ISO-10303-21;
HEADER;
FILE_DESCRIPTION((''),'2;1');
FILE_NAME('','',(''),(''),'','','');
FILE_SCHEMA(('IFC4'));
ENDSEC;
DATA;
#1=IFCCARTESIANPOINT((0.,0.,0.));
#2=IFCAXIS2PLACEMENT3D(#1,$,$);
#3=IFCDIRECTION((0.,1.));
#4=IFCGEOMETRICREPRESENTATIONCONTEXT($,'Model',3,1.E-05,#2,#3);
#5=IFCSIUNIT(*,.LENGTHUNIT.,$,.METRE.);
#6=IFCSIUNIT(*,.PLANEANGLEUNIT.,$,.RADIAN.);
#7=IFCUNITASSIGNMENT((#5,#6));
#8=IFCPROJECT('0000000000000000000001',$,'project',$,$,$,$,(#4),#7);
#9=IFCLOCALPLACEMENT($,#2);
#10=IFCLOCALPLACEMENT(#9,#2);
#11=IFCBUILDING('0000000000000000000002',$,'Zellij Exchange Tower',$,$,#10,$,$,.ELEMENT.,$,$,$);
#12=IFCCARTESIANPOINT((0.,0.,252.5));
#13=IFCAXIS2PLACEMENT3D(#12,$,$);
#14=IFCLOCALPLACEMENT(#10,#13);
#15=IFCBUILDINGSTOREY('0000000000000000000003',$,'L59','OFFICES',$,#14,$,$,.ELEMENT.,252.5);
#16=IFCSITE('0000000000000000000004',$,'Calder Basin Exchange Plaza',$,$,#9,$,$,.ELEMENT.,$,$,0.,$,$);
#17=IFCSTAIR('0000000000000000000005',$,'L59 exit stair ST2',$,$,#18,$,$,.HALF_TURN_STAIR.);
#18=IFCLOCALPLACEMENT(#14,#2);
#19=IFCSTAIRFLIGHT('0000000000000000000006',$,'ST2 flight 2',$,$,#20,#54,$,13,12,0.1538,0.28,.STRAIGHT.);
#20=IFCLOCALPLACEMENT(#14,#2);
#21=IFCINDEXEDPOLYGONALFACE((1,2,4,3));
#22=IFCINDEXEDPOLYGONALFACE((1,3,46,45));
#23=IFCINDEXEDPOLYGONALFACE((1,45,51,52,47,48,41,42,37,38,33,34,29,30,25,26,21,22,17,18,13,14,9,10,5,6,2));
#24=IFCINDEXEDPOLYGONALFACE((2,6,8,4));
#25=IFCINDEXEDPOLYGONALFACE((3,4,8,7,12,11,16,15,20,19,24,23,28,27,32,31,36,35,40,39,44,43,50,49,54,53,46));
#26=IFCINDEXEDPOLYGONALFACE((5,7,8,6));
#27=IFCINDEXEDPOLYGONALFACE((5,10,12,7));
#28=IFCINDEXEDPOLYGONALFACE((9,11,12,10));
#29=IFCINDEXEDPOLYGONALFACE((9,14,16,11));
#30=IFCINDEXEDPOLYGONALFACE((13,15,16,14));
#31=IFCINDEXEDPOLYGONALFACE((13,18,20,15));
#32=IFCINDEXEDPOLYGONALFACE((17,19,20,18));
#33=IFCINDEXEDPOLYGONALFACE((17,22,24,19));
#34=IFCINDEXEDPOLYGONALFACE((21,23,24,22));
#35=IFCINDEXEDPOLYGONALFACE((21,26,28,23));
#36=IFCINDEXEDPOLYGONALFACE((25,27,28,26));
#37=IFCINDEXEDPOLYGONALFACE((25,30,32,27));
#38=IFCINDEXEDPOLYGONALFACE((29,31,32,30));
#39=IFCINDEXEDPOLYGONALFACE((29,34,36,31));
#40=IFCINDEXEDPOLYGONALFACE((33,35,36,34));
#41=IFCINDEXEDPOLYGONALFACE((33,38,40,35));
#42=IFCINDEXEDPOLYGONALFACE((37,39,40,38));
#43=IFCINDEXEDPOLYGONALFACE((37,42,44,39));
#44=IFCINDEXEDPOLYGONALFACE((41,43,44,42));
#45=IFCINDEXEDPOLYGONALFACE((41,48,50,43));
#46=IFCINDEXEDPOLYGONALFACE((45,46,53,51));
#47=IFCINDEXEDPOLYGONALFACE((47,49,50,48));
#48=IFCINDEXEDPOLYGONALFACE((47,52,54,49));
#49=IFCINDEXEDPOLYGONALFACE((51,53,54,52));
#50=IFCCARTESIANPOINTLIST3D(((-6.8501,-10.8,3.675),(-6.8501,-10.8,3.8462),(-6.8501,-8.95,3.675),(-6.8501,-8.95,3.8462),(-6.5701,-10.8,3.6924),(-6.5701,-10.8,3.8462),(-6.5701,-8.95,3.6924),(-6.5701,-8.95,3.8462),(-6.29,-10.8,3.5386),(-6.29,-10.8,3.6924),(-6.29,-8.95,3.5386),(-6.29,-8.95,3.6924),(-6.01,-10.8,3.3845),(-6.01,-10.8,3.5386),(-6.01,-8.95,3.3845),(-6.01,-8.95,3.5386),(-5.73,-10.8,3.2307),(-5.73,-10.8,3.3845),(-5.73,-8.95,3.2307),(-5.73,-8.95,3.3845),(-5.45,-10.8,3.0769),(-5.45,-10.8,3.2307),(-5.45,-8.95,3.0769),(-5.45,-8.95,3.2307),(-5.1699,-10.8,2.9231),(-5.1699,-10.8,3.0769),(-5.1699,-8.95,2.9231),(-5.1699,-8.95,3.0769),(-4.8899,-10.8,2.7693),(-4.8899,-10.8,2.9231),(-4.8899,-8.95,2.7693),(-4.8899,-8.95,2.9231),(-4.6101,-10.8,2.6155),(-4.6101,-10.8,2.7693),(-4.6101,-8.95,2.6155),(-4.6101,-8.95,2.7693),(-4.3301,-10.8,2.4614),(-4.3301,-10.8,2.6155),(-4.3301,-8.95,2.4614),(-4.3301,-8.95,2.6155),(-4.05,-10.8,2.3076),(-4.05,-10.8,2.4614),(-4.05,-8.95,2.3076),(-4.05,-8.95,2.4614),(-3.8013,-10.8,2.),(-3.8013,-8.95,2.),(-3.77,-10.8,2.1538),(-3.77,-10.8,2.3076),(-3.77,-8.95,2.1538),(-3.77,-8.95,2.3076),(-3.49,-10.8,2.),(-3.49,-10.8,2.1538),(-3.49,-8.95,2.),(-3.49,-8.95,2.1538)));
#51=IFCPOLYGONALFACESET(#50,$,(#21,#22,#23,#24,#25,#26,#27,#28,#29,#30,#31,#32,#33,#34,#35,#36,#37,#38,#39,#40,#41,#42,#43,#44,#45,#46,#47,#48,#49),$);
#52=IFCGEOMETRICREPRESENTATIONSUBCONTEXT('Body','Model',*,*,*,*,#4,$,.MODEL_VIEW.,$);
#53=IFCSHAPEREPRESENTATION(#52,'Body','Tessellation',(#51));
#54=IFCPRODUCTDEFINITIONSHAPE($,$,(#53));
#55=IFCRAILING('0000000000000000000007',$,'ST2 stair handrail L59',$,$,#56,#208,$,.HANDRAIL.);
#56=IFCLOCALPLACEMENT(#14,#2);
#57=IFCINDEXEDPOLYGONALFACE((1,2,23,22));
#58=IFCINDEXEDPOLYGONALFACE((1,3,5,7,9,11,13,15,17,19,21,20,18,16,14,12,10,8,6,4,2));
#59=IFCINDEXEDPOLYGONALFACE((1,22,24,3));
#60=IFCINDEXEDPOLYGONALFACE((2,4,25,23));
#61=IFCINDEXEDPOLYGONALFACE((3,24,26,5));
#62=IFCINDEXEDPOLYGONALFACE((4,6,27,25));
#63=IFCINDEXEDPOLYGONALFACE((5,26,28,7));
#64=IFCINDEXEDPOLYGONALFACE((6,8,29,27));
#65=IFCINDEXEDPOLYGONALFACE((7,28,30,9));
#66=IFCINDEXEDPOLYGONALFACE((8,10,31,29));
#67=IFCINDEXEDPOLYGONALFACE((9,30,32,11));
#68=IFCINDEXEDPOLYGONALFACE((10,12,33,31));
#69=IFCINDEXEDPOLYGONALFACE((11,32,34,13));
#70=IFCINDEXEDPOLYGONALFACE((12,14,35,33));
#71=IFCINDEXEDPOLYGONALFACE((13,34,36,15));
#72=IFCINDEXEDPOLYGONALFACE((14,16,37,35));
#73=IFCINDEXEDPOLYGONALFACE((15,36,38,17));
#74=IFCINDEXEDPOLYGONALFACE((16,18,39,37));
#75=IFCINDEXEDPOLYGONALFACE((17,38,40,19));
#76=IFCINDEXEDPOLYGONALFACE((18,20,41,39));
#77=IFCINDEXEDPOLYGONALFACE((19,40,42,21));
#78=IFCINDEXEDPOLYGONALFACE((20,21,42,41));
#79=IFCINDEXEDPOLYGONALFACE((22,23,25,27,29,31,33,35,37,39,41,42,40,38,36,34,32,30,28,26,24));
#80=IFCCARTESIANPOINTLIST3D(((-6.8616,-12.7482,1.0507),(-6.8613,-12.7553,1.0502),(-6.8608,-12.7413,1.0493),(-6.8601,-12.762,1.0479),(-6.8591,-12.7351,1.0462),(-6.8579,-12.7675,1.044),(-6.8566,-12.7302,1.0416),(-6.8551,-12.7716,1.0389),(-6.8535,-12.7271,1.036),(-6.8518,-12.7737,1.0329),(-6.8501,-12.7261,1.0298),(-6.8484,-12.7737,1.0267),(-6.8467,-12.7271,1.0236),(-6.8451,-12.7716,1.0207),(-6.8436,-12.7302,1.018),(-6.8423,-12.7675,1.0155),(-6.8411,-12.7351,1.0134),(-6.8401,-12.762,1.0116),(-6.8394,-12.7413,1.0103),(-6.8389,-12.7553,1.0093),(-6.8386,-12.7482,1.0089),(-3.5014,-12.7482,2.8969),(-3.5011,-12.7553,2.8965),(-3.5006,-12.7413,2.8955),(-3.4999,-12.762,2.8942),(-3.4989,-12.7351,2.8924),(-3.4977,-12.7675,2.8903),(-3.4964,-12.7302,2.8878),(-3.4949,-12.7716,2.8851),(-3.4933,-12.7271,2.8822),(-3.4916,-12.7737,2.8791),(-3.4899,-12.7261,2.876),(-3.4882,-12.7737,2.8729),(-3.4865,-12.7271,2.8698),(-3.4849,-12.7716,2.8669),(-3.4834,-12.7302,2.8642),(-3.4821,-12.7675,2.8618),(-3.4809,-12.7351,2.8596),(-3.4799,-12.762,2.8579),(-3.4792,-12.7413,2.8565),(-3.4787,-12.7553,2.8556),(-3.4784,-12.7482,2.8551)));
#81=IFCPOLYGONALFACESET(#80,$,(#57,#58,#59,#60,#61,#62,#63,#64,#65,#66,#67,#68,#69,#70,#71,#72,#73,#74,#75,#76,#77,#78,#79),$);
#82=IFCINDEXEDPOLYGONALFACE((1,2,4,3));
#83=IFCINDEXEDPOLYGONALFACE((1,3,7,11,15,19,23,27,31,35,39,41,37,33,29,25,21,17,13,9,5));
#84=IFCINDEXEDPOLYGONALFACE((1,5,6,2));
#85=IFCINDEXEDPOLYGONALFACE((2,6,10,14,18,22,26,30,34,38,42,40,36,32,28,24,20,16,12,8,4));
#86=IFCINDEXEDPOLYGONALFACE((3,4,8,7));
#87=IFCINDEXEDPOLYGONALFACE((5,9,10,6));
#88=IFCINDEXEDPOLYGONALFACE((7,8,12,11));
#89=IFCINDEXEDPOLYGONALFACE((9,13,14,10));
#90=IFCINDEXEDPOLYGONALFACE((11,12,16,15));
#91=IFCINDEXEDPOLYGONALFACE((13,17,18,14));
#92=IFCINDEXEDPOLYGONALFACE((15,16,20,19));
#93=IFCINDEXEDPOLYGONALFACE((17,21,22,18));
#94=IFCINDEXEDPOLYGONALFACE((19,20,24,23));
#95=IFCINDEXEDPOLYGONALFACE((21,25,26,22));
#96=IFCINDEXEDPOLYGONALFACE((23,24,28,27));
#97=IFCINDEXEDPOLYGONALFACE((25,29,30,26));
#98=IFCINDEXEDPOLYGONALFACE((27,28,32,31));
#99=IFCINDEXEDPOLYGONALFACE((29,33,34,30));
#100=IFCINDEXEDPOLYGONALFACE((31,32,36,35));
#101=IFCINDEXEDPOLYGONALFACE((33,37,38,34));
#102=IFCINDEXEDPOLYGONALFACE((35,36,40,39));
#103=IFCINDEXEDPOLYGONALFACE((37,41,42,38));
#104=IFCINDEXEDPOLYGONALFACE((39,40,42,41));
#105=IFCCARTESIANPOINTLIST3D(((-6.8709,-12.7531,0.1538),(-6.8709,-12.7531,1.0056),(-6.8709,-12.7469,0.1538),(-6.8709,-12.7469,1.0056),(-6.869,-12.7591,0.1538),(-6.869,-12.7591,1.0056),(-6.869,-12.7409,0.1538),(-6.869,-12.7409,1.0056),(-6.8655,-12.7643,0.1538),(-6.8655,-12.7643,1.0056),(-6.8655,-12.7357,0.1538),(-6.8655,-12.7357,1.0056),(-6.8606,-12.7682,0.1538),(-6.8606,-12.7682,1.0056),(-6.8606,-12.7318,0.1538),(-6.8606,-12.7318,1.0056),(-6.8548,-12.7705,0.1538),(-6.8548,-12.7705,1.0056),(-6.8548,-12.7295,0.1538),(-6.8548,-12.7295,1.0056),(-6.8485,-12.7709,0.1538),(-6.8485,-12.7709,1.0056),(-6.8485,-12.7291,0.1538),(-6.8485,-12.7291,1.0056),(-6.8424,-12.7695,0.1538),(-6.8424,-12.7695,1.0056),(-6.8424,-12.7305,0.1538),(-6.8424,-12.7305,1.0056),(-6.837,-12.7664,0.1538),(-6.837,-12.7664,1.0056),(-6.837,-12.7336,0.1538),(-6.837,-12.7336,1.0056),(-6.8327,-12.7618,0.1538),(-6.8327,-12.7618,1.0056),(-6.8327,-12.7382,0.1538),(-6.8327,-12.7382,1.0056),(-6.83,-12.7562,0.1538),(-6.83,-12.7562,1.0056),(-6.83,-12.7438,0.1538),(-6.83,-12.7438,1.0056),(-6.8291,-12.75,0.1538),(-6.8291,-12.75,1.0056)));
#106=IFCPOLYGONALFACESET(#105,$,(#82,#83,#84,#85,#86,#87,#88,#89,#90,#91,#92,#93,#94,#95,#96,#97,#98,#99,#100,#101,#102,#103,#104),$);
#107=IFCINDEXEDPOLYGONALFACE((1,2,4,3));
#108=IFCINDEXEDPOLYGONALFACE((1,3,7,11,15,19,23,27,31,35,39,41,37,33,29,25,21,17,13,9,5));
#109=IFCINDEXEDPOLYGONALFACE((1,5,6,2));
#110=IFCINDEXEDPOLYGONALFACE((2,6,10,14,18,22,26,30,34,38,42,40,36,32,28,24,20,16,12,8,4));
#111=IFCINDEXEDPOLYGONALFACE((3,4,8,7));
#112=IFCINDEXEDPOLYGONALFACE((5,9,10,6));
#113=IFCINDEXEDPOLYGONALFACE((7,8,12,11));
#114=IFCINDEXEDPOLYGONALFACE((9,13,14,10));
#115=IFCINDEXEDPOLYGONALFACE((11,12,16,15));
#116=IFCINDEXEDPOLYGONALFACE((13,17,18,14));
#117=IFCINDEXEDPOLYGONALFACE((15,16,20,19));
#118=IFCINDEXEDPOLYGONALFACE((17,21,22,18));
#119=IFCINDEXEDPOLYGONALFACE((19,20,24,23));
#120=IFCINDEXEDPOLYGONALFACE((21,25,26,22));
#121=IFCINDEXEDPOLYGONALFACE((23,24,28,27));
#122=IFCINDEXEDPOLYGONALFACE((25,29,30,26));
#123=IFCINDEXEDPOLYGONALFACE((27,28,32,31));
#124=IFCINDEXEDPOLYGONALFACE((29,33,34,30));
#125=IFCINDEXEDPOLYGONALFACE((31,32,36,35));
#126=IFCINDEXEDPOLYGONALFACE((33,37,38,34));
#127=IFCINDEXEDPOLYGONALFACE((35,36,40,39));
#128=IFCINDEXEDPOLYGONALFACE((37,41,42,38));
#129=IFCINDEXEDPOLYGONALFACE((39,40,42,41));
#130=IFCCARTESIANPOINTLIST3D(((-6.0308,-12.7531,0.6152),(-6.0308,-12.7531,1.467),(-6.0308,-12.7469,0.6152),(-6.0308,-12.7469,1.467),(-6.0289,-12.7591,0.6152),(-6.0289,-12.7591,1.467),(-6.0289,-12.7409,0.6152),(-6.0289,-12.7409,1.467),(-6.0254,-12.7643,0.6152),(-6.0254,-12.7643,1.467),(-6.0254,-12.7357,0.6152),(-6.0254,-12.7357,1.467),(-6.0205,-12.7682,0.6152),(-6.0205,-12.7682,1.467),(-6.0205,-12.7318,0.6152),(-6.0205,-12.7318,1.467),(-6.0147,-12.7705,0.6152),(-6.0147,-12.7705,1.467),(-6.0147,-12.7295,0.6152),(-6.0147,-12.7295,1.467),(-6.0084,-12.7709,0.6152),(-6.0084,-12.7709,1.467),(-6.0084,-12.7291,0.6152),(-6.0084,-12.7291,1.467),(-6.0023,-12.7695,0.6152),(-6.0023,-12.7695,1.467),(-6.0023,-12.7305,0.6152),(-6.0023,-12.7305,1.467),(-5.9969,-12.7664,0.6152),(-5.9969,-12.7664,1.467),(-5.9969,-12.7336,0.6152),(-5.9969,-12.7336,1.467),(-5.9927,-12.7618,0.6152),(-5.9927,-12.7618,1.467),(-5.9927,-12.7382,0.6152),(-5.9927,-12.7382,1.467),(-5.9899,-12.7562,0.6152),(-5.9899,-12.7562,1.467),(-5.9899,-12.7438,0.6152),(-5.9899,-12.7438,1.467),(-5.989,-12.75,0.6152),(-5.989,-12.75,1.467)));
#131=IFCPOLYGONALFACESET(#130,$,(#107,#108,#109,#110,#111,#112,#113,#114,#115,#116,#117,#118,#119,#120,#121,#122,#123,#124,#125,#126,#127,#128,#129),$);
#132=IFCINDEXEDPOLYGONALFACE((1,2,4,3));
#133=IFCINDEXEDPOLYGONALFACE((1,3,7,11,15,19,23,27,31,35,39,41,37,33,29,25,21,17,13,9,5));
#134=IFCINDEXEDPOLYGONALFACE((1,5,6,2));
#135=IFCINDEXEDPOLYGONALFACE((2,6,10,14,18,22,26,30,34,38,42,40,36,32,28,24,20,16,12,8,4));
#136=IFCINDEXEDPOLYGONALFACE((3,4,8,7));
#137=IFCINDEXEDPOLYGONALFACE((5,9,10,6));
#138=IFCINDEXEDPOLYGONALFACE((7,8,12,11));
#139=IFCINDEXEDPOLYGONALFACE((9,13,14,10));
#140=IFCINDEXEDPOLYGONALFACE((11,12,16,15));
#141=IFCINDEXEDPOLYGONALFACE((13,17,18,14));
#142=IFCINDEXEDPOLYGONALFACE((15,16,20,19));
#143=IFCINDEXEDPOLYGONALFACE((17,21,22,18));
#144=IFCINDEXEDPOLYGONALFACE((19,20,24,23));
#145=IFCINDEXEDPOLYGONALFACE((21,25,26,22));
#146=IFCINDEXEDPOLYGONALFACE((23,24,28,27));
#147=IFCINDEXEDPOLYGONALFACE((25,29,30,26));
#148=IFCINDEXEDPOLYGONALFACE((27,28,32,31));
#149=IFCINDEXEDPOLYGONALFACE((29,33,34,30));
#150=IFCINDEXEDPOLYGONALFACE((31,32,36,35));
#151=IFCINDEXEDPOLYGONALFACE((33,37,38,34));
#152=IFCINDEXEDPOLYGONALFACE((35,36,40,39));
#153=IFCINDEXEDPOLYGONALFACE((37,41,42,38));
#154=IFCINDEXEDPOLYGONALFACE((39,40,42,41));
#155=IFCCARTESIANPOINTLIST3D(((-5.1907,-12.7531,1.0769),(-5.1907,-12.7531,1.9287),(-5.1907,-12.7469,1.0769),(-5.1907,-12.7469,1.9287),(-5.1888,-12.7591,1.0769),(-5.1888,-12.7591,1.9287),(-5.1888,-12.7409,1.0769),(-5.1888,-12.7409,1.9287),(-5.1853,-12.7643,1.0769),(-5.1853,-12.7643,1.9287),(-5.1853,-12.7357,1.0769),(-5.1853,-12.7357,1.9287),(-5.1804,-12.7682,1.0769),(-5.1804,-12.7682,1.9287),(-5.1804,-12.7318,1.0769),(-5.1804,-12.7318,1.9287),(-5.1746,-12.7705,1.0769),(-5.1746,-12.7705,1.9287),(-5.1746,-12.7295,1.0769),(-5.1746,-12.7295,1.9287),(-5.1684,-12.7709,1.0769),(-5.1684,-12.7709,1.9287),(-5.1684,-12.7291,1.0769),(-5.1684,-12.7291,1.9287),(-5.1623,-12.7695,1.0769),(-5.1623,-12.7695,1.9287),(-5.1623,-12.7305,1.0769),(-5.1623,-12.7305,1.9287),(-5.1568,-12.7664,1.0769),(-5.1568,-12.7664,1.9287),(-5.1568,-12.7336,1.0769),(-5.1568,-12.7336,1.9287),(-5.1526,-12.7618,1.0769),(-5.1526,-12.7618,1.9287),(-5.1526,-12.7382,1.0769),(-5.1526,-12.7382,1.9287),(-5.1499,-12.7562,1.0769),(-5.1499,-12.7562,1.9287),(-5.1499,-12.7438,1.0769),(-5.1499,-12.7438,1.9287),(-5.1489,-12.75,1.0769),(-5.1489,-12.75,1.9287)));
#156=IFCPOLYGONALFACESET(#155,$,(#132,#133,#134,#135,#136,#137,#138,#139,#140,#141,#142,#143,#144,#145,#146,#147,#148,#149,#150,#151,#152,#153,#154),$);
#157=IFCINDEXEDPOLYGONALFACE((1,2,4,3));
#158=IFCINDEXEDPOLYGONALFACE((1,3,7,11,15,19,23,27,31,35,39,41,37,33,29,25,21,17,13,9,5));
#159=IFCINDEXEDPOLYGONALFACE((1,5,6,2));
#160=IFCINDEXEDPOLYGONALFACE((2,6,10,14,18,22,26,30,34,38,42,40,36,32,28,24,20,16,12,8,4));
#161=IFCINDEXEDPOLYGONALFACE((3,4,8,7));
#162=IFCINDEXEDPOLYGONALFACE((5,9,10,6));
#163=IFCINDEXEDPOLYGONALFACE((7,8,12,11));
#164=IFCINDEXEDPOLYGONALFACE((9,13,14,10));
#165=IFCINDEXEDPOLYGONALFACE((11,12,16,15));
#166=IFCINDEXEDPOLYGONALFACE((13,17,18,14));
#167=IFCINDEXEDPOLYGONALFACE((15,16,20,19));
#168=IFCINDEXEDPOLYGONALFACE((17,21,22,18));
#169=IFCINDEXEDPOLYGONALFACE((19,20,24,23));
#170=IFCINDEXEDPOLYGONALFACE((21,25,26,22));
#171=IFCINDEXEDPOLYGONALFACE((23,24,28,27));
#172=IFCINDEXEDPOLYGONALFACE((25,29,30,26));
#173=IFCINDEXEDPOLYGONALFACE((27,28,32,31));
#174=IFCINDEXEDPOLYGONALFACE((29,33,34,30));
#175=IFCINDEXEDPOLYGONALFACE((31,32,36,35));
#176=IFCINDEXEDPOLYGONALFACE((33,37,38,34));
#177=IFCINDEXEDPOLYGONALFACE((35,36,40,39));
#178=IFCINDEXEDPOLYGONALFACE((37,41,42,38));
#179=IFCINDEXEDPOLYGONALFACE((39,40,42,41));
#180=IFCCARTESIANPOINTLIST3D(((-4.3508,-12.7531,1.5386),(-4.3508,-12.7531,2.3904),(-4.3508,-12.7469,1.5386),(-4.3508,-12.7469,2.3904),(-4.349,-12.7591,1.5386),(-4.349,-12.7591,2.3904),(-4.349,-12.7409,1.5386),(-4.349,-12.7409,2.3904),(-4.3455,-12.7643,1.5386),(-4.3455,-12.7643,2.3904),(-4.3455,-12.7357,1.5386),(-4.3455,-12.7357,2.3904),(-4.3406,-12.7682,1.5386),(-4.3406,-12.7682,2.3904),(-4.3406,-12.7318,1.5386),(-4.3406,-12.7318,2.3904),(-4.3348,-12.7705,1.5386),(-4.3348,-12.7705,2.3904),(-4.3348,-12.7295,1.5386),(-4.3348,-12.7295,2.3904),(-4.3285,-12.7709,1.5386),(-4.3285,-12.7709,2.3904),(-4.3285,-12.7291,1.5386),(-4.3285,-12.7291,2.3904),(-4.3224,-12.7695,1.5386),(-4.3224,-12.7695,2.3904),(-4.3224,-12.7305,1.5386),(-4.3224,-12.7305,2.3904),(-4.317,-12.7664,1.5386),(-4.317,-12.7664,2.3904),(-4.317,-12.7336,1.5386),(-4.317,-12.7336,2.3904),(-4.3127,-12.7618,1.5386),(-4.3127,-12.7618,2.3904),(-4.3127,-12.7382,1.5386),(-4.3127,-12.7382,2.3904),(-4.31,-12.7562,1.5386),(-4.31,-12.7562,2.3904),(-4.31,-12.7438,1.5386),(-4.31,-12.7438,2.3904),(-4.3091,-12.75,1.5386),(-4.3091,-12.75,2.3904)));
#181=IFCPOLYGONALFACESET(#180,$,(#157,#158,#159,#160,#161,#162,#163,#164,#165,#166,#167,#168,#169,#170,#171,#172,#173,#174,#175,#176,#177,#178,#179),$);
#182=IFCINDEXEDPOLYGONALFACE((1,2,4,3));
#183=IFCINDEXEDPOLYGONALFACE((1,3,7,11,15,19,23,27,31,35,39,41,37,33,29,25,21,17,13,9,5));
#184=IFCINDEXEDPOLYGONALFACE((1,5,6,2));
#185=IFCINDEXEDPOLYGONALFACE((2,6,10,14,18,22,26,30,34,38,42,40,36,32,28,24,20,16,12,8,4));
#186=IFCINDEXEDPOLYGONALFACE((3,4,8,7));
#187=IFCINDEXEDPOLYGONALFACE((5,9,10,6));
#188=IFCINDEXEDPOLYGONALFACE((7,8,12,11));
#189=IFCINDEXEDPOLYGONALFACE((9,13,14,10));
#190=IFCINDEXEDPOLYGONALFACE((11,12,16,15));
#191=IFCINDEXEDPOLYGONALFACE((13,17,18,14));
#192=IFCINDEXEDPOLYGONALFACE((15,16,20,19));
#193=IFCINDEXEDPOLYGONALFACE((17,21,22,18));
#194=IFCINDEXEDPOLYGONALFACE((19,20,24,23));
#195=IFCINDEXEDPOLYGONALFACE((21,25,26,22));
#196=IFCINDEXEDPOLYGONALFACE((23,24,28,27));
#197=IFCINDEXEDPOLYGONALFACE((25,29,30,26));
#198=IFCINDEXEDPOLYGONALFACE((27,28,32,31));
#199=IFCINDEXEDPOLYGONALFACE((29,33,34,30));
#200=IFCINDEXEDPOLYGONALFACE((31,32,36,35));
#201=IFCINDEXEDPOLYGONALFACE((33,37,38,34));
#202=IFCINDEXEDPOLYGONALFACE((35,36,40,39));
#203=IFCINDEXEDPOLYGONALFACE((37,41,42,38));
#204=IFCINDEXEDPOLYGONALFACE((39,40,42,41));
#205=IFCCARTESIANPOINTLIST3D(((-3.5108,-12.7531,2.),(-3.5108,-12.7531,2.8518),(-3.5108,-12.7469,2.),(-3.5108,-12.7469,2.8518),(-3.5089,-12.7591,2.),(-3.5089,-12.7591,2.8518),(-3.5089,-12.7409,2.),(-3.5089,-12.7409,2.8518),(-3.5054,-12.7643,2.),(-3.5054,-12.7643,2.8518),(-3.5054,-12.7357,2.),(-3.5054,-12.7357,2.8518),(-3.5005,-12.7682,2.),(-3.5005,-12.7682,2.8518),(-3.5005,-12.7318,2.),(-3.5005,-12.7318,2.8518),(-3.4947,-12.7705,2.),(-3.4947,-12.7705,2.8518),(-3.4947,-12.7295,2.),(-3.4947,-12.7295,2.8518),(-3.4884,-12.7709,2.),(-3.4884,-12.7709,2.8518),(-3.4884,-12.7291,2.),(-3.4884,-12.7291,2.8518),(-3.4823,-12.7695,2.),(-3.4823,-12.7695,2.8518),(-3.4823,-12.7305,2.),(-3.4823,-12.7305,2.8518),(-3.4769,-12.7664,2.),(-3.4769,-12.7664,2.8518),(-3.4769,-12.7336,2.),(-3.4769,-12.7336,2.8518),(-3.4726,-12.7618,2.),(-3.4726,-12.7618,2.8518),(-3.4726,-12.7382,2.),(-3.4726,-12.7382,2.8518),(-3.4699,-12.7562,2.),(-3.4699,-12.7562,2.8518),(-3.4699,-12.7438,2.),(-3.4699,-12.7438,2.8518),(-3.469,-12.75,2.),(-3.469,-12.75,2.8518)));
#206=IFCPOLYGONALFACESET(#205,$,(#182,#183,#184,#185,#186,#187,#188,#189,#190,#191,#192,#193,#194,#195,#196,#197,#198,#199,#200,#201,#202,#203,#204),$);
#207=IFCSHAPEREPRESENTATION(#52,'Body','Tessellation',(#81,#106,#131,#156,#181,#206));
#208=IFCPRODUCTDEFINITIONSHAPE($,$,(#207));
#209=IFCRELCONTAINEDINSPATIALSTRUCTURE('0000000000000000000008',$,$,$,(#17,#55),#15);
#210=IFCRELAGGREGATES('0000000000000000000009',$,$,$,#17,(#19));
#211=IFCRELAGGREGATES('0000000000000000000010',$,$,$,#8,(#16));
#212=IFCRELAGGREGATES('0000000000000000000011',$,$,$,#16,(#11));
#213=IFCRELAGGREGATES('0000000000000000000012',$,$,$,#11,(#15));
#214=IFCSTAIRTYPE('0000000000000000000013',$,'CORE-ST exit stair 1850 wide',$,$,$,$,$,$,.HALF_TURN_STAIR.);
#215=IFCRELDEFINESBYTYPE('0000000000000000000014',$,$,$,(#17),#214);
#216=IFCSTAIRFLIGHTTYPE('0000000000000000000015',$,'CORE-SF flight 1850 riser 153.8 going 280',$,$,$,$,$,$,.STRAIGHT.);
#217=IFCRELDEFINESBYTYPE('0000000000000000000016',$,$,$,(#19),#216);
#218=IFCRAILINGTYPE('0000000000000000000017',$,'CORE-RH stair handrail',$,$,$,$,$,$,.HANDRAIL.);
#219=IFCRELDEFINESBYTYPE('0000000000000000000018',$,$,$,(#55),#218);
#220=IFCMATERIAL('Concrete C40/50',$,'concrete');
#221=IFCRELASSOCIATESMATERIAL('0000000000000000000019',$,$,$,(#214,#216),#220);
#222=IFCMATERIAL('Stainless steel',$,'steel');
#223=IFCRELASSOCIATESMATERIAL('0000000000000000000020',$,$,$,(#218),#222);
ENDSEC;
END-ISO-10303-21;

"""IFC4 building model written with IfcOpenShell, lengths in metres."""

from ifc_helpers import new_model, si_unit, direction, frame, origin, origin_2d, place, context, subcontext, project, spatial, polyline, circle, outline, extrude, material, type_object, element, aggregate, save


model = new_model("IFC4")

# Units and contexts
model_context = context("Model", 3, precision=1e-05, world=origin(), true_north=direction((0.0, 1.0)))
body_context = subcontext(model_context, "Body", "Model", "MODEL_VIEW")
ifc_project = project(units=[si_unit("LENGTHUNIT", "METRE"), si_unit("PLANEANGLEUNIT", "RADIAN")], contexts=[model_context])

# Site, building, storey
site_placement = place(None, origin())
site = spatial("IfcSite", under=ifc_project, at=site_placement, Name="Calder Basin Exchange Plaza", CompositionType="ELEMENT", RefElevation=0.0)
building_placement = place(site_placement, origin())
building = spatial("IfcBuilding", under=site, at=building_placement, Name="Zellij Exchange Tower", CompositionType="ELEMENT")
storey_placement = place(building_placement, frame((0.0, 0.0, 252.5)))
storey = spatial("IfcBuildingStorey", under=building, at=storey_placement, Name="L59", Description="OFFICES", CompositionType="ELEMENT", Elevation=252.5)

# Stair, stair flight
ifc_material_1 = material(Name="Concrete C40/50", Category="concrete")
stair_type = type_object("IfcStairType", Name="CORE-ST exit stair 1850 wide", PredefinedType="HALF_TURN_STAIR", material=ifc_material_1)
stair_placement = place(storey_placement, origin())
stair = element("IfcStair", 1, at=stair_placement, inside=storey, type_object=stair_type, Name="L59 exit stair ST2", PredefinedType="HALF_TURN_STAIR")
stair_flight_type = type_object("IfcStairFlightType", Name="CORE-SF flight 1850 riser 153.8 going 280", PredefinedType="STRAIGHT", material=ifc_material_1)
stair_flight_1_placement = place(storey_placement, frame((-3.49, -9.875, 2.0), z_axis=(0.0, 0.0, 1.0), x_axis=(-1.0, 0.0, 0.0)))
stair_flight_1 = element("IfcStairFlight", 2, at=stair_flight_1_placement, type_object=stair_flight_type, Name="ST2 flight 2", NumberOfRisers=13, NumberOfTreads=12, PredefinedType="STRAIGHT", RiserHeight=0.1538, TreadLength=0.28, context=body_context, shape_type="SweptSolid", body=[
    extrude(outline(polyline([(0.0, 0.0), (0.0, 0.1538), (0.28, 0.1538), (0.28, 0.3076), (0.5601, 0.3076), (0.5601, 0.4614), (0.8401, 0.4614), (0.8401, 0.6155), (1.1201, 0.6155), (1.1201, 0.7693), (1.3999, 0.7693), (1.3999, 0.9231), (1.6799, 0.9231), (1.6799, 1.0769), (1.96, 1.0769), (1.96, 1.2307), (2.24, 1.2307), (2.24, 1.3845), (2.52, 1.3845), (2.52, 1.5386), (2.8, 1.5386), (2.8, 1.6924), (3.0801, 1.6924), (3.0801, 1.8462), (3.3601, 1.8462), (3.3601, 2.0), (3.3601, 1.675), (0.3113, 0.0), (0.0, 0.0)])), frame((0.0, 0.925, 0.0), z_axis=(0.0, -1.0, 0.0), x_axis=(1.0, 0.0, 0.0)), (0.0, 0.0, 1.0), 1.8501),
])
aggregate(stair, [stair_flight_1])

# Railing
ifc_material_2 = material(Name="Stainless steel", Category="steel")
railing_type_1 = type_object("IfcRailingType", Name="CORE-RH stair handrail", PredefinedType="HANDRAIL", material=ifc_material_2)
railing_1_placement = place(storey_placement, frame((-6.8501, -12.75, 0.1538)))
element("IfcRailing", 3, at=railing_1_placement, inside=storey, type_object=railing_type_1, Name="ST2 stair handrail L59", PredefinedType="HANDRAIL", context=body_context, shape_type="SweptSolid", body=[
    extrude(circle(Radius=0.0239, at=origin_2d()), frame((0.0, 0.0, 0.876), z_axis=(0.876422, 0.0, 0.481545), x_axis=(0.0, 1.0, 0.0)), (0.0, 0.0, 1.0), 3.834),
    extrude(circle(Radius=0.021, at=origin_2d()), origin(), (0.0, 0.0, 1.0), 0.8518),
    extrude(circle(Radius=0.021, at=origin_2d()), frame((0.8401, 0.0, 0.4614)), (0.0, 0.0, 1.0), 0.8518),
    extrude(circle(Radius=0.021, at=origin_2d()), frame((1.6802, 0.0, 0.9231)), (0.0, 0.0, 1.0), 0.8518),
    extrude(circle(Radius=0.021, at=origin_2d()), frame((2.52, 0.0, 1.3848)), (0.0, 0.0, 1.0), 0.8518),
    extrude(circle(Radius=0.021, at=origin_2d()), frame((3.3601, 0.0, 1.8462)), (0.0, 0.0, 1.0), 0.8518),
])

save(model, "model.ifc")
